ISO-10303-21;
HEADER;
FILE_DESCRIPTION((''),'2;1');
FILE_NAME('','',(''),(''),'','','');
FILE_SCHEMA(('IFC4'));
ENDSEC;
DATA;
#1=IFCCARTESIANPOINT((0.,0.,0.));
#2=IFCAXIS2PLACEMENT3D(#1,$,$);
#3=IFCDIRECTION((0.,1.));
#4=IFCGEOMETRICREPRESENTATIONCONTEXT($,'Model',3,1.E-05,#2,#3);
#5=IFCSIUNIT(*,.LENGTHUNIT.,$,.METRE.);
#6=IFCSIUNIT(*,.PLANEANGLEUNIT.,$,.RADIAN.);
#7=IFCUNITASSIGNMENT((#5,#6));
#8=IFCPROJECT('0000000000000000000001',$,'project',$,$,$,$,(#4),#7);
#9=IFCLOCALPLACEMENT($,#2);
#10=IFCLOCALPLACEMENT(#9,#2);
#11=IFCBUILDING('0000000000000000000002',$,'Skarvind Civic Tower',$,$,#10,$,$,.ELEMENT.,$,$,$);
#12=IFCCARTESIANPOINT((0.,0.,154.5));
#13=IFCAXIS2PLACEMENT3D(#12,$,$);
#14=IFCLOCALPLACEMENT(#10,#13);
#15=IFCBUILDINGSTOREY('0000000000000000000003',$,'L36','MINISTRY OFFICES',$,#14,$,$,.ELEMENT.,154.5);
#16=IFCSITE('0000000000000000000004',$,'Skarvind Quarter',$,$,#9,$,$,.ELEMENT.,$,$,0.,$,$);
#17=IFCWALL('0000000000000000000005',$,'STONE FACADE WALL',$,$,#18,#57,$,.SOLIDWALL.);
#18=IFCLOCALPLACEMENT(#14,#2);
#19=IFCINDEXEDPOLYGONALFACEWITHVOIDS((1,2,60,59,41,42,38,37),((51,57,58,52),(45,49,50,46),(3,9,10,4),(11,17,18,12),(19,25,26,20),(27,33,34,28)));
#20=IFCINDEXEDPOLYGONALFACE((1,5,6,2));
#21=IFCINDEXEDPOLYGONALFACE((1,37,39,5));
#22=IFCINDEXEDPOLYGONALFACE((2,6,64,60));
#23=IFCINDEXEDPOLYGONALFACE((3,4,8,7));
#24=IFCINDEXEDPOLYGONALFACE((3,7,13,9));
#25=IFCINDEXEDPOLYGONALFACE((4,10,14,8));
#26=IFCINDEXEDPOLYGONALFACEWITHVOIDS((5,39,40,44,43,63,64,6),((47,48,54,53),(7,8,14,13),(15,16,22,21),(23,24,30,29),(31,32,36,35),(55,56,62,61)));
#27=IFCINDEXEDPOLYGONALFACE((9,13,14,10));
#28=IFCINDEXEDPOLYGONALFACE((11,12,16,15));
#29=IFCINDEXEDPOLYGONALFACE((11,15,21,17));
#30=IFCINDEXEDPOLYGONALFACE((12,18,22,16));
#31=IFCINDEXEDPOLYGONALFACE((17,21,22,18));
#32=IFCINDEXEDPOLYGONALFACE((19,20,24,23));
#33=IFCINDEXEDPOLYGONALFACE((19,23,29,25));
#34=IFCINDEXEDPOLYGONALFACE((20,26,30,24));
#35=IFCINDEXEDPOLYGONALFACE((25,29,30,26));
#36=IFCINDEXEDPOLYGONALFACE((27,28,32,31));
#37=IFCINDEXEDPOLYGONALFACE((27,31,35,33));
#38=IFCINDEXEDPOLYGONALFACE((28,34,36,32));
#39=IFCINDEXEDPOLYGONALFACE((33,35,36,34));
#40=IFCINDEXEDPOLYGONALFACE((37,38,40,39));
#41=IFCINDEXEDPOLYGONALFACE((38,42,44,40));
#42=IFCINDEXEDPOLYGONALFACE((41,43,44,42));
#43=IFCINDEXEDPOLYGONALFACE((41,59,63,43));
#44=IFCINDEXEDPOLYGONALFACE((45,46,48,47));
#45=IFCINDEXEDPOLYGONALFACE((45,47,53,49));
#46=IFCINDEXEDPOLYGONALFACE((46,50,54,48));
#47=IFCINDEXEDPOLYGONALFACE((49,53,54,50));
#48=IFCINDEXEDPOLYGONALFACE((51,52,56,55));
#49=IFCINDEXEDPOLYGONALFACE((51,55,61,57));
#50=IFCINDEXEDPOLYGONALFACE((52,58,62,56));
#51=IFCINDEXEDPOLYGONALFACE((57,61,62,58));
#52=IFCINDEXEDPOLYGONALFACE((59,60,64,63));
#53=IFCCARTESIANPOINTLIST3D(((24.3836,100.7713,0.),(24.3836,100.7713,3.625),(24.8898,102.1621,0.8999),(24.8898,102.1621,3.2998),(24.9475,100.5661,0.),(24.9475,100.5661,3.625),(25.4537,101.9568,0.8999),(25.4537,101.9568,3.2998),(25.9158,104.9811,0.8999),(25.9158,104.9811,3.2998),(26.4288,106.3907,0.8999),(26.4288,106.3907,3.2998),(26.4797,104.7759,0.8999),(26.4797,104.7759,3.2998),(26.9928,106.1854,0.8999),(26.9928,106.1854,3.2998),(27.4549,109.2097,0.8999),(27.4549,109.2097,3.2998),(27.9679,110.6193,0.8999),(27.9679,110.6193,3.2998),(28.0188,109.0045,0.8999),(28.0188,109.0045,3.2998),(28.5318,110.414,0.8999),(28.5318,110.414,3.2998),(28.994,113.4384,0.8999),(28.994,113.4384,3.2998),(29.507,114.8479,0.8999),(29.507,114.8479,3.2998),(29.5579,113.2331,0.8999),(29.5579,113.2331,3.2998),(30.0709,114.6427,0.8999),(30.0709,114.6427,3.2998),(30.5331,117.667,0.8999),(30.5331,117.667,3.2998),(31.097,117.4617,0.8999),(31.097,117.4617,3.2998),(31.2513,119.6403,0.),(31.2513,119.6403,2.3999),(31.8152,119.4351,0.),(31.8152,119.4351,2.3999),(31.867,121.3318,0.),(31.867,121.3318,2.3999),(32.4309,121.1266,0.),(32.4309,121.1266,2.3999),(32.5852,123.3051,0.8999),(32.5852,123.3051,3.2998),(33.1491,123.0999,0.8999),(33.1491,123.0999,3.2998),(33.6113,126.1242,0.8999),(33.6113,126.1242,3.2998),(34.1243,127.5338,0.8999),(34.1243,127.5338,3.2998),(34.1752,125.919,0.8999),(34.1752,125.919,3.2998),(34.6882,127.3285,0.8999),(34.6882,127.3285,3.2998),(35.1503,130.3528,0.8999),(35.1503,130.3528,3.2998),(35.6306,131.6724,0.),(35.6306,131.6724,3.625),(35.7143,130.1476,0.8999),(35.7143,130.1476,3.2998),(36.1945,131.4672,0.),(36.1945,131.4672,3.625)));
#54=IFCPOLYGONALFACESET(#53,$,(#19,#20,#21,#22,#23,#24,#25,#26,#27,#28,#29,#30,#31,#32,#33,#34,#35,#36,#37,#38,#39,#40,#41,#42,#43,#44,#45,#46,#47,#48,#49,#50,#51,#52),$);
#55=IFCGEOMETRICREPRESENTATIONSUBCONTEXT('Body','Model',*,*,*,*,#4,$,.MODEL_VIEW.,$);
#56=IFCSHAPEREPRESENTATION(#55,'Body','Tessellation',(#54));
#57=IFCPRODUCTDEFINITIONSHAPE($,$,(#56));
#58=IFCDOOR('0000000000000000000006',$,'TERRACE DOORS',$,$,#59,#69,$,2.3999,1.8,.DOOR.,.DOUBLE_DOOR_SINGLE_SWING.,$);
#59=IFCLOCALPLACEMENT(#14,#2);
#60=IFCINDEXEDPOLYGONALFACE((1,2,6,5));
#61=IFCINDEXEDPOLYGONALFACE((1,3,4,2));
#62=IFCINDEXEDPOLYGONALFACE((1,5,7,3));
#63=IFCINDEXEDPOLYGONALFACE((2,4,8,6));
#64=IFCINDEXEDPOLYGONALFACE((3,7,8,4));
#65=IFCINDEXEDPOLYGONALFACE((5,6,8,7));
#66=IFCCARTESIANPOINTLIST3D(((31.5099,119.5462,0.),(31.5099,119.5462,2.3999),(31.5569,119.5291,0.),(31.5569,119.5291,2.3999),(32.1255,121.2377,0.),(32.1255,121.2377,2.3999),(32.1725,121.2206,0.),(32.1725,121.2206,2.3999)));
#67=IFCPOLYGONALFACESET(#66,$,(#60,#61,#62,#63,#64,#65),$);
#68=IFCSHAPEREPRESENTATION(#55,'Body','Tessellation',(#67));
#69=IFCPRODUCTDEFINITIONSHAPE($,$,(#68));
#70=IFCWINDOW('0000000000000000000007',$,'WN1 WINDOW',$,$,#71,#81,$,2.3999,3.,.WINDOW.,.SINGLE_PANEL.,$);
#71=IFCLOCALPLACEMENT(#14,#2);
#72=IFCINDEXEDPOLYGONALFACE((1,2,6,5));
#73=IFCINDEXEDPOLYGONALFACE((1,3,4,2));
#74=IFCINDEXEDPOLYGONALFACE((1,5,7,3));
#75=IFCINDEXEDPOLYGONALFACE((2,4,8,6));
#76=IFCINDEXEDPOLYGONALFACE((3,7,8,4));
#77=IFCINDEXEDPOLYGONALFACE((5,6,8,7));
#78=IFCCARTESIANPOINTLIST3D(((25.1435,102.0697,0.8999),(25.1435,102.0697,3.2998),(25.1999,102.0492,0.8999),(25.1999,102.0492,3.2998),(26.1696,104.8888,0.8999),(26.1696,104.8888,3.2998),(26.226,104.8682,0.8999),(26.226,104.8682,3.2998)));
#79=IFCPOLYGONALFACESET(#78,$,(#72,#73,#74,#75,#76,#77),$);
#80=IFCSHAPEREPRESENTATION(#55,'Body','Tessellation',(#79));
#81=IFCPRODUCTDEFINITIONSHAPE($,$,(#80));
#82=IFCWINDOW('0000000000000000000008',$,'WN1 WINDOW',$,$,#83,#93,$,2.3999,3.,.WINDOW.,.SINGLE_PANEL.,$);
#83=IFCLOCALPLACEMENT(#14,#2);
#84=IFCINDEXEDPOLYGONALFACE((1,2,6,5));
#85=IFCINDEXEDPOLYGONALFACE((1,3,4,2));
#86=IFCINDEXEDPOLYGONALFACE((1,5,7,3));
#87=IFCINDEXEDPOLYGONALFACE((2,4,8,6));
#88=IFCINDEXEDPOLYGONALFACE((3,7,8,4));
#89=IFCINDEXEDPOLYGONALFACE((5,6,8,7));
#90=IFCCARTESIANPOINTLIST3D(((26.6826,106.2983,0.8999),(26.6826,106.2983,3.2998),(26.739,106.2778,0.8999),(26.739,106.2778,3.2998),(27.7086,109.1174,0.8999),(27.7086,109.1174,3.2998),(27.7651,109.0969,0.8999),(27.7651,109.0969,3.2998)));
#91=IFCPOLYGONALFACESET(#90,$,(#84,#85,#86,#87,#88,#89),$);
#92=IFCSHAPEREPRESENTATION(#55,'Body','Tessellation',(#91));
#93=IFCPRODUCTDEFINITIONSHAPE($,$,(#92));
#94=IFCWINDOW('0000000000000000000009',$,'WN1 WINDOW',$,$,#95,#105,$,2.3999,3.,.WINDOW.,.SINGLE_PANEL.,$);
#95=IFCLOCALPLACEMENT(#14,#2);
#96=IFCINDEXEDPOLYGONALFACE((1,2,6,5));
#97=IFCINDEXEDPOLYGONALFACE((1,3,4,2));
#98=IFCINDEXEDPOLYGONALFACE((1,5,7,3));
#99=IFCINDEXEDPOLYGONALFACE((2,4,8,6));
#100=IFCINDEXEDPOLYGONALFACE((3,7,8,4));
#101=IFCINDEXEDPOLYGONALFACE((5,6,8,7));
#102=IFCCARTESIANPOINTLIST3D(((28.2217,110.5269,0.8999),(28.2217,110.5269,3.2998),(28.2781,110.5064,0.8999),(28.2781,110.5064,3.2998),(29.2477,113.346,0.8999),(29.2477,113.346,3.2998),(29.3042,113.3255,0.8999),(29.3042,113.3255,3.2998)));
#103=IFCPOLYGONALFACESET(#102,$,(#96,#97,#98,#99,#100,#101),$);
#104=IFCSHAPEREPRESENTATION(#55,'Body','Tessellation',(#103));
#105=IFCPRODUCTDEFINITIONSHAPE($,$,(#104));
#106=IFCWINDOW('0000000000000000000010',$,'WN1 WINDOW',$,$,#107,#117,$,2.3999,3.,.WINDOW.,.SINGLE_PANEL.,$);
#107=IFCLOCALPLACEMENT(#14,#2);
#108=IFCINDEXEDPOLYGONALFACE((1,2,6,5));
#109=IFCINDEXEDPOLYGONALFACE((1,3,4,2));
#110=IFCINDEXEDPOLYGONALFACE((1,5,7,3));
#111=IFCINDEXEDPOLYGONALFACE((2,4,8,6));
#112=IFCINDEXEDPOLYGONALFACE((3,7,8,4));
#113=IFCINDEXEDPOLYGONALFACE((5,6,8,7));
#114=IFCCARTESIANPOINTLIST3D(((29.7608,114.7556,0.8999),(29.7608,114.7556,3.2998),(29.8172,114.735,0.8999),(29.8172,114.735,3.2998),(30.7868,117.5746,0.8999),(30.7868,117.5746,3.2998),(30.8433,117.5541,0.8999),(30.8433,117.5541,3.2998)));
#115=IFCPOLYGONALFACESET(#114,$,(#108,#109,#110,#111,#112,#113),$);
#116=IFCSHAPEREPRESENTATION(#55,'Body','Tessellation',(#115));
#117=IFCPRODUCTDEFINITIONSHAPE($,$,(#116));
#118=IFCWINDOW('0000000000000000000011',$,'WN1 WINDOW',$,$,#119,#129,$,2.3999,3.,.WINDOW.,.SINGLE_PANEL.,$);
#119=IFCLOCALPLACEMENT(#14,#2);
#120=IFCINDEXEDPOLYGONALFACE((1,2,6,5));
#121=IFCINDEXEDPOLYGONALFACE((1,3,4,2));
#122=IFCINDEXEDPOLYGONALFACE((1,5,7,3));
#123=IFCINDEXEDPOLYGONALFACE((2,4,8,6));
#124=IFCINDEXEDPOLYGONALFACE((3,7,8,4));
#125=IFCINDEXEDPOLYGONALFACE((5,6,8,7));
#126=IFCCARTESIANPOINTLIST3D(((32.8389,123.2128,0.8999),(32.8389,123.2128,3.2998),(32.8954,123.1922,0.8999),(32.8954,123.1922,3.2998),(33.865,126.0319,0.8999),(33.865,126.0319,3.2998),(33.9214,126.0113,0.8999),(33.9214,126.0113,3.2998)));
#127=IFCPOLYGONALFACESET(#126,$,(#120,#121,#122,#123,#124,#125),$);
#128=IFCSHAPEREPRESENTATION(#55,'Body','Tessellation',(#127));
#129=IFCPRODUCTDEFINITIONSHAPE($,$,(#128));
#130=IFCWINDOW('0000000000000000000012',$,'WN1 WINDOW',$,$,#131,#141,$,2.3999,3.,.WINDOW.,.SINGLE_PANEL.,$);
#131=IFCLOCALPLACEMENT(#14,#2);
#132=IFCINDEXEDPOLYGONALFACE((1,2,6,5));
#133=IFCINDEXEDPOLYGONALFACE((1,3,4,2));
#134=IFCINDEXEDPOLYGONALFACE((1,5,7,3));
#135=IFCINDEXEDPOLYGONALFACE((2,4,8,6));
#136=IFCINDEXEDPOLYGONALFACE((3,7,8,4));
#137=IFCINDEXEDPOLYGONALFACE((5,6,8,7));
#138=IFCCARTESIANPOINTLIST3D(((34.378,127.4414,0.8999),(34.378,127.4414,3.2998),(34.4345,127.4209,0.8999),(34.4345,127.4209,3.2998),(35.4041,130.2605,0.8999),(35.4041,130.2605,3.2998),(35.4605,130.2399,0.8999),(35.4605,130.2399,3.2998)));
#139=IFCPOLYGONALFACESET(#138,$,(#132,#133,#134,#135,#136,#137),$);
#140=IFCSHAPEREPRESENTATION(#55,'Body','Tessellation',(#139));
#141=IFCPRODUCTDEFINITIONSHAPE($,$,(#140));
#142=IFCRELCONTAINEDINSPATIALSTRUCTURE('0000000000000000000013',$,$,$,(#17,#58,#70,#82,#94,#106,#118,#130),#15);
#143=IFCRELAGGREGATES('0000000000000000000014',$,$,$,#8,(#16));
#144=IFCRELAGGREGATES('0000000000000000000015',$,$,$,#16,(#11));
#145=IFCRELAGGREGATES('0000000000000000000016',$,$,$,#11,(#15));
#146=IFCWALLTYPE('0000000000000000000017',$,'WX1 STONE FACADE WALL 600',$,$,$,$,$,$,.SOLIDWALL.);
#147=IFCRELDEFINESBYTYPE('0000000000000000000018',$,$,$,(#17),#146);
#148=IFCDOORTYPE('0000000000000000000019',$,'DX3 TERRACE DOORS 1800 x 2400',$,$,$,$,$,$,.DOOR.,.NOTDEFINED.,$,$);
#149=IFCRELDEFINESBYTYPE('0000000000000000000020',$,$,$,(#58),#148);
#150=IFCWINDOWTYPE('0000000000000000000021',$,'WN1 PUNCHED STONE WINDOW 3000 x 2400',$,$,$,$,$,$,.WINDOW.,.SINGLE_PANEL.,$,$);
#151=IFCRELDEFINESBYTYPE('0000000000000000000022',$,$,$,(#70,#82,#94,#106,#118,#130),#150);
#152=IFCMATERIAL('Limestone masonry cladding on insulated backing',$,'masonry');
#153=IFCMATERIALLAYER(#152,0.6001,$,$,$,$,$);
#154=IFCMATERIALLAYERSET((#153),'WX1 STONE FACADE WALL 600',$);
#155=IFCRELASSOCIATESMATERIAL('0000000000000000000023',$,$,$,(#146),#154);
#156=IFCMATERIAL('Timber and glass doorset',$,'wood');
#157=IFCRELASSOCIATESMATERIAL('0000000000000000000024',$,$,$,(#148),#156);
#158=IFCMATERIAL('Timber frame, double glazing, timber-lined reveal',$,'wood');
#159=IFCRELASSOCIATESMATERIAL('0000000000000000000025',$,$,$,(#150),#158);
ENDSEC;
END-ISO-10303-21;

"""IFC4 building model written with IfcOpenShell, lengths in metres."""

from ifc_helpers import new_model, si_unit, direction, frame, frame_2d, origin, place, context, subcontext, project, spatial, rectangle, extrude, material, layer, layer_set, type_object, element, fill, save


model = new_model("IFC4")

# Units and contexts
model_context = context("Model", 3, precision=1e-05, world=origin(), true_north=direction((0.0, 1.0)))
body_context = subcontext(model_context, "Body", "Model", "MODEL_VIEW")
ifc_project = project(units=[si_unit("LENGTHUNIT", "METRE"), si_unit("PLANEANGLEUNIT", "RADIAN")], contexts=[model_context])

# Site, building, storey
site_placement = place(None, origin())
site = spatial("IfcSite", under=ifc_project, at=site_placement, Name="Skarvind Quarter", CompositionType="ELEMENT", RefElevation=0.0)
building_placement = place(site_placement, origin())
building = spatial("IfcBuilding", under=site, at=building_placement, Name="Skarvind Civic Tower", CompositionType="ELEMENT")
storey_placement = place(building_placement, frame((0.0, 0.0, 154.5)))
storey = spatial("IfcBuildingStorey", under=building, at=storey_placement, Name="L36", Description="MINISTRY OFFICES", CompositionType="ELEMENT", Elevation=154.5)

# Wall, openings, door, windows
ifc_material_1 = material(Name="Limestone masonry cladding on insulated backing", Category="masonry")
ifc_layer_1 = layer(ifc_material_1, 0.6001)
ifc_layer_set_1 = layer_set([ifc_layer_1], Name="WX1 STONE FACADE WALL 600")
wall_type_1 = type_object("IfcWallType", Name="WX1 STONE FACADE WALL 600", PredefinedType="SOLIDWALL", material=ifc_layer_set_1)
wall_1_placement = place(storey_placement, frame((24.6655, 100.6687, 0.0), z_axis=(0.0, 0.0, 1.0), x_axis=(0.34202, 0.939693, 0.0)))
wall_1 = element("IfcWall", 1, at=wall_1_placement, inside=storey, type_object=wall_type_1, Name="STONE FACADE WALL", PredefinedType="SOLIDWALL", context=body_context, shape_type="SweptSolid", body=[
    extrude(rectangle(XDim=32.8843, YDim=0.6001, at=frame_2d((16.4421, 0.0))), origin(), (0.0, 0.0, 1.0), 3.625),
])
opening_1_placement = place(wall_1_placement, frame((1.48, 0.0, 0.8999)))
opening_1 = element("IfcOpeningElement", 2, at=opening_1_placement, cuts=wall_1, PredefinedType="OPENING", context=body_context, shape_type="SweptSolid", body=[
    extrude(rectangle(XDim=3.0, YDim=2.3999, at=frame_2d((1.5, 1.2))), frame((0.0, 0.3101, 0.0), z_axis=(0.0, -1.0, 0.0), x_axis=(1.0, 0.0, 0.0)), (0.0, 0.0, 1.0), 0.6201),
])
opening_2_placement = place(wall_1_placement, frame((5.98, 0.0, 0.8999)))
opening_2 = element("IfcOpeningElement", 3, at=opening_2_placement, cuts=wall_1, PredefinedType="OPENING", context=body_context, shape_type="SweptSolid", body=[
    extrude(rectangle(XDim=3.0, YDim=2.3999, at=frame_2d((1.5, 1.2))), frame((0.0, 0.3101, 0.0), z_axis=(0.0, -1.0, 0.0), x_axis=(1.0, 0.0, 0.0)), (0.0, 0.0, 1.0), 0.6201),
])
opening_3_placement = place(wall_1_placement, frame((10.48, 0.0, 0.8999)))
opening_3 = element("IfcOpeningElement", 4, at=opening_3_placement, cuts=wall_1, PredefinedType="OPENING", context=body_context, shape_type="SweptSolid", body=[
    extrude(rectangle(XDim=3.0, YDim=2.3999, at=frame_2d((1.5, 1.2))), frame((0.0, 0.3101, 0.0), z_axis=(0.0, -1.0, 0.0), x_axis=(1.0, 0.0, 0.0)), (0.0, 0.0, 1.0), 0.6201),
])
opening_4_placement = place(wall_1_placement, frame((14.98, 0.0, 0.8999)))
opening_4 = element("IfcOpeningElement", 5, at=opening_4_placement, cuts=wall_1, PredefinedType="OPENING", context=body_context, shape_type="SweptSolid", body=[
    extrude(rectangle(XDim=3.0, YDim=2.3999, at=frame_2d((1.5, 1.2))), frame((0.0, 0.3101, 0.0), z_axis=(0.0, -1.0, 0.0), x_axis=(1.0, 0.0, 0.0)), (0.0, 0.0, 1.0), 0.6201),
])
opening_5_placement = place(wall_1_placement, frame((20.0801, 0.0, 0.0)))
opening_5 = element("IfcOpeningElement", 6, at=opening_5_placement, cuts=wall_1, PredefinedType="OPENING", context=body_context, shape_type="SweptSolid", body=[
    extrude(rectangle(XDim=1.8, YDim=2.3999, at=frame_2d((0.8999, 1.2))), frame((0.0, 0.3101, 0.0), z_axis=(0.0, -1.0, 0.0), x_axis=(1.0, 0.0, 0.0)), (0.0, 0.0, 1.0), 0.6201),
])
opening_6_placement = place(wall_1_placement, frame((23.98, 0.0, 0.8999)))
opening_6 = element("IfcOpeningElement", 7, at=opening_6_placement, cuts=wall_1, PredefinedType="OPENING", context=body_context, shape_type="SweptSolid", body=[
    extrude(rectangle(XDim=3.0, YDim=2.3999, at=frame_2d((1.5, 1.2))), frame((0.0, 0.3101, 0.0), z_axis=(0.0, -1.0, 0.0), x_axis=(1.0, 0.0, 0.0)), (0.0, 0.0, 1.0), 0.6201),
])
opening_7_placement = place(wall_1_placement, frame((28.48, 0.0, 0.8999)))
opening_7 = element("IfcOpeningElement", 8, at=opening_7_placement, cuts=wall_1, PredefinedType="OPENING", context=body_context, shape_type="SweptSolid", body=[
    extrude(rectangle(XDim=3.0, YDim=2.3999, at=frame_2d((1.5, 1.2))), frame((0.0, 0.3101, 0.0), z_axis=(0.0, -1.0, 0.0), x_axis=(1.0, 0.0, 0.0)), (0.0, 0.0, 1.0), 0.6201),
])
ifc_material_2 = material(Name="Timber and glass doorset", Category="wood")
door_type_1 = type_object("IfcDoorType", Name="DX3 TERRACE DOORS 1800 x 2400", OperationType="NOTDEFINED", PredefinedType="DOOR", material=ifc_material_2)
door_1_placement = place(opening_5_placement, origin())
door_1 = element("IfcDoor", 9, at=door_1_placement, inside=storey, type_object=door_type_1, Name="TERRACE DOORS", OperationType="DOUBLE_DOOR_SINGLE_SWING", OverallHeight=2.3999, OverallWidth=1.8, PredefinedType="DOOR", context=body_context, shape_type="SweptSolid", body=[
    extrude(rectangle(XDim=1.8, YDim=2.3999, at=frame_2d((0.8999, 1.2))), frame((0.0, 0.0249, 0.0), z_axis=(0.0, -1.0, 0.0), x_axis=(1.0, 0.0, 0.0)), (0.0, 0.0, 1.0), 0.05),
])
fill(opening_5, door_1)
ifc_material_3 = material(Name="Timber frame, double glazing, timber-lined reveal", Category="wood")
window_type = type_object("IfcWindowType", Name="WN1 PUNCHED STONE WINDOW 3000 x 2400", PartitioningType="SINGLE_PANEL", PredefinedType="WINDOW", material=ifc_material_3)
window_1_placement = place(opening_1_placement, origin())
window_1 = element("IfcWindow", 10, at=window_1_placement, inside=storey, type_object=window_type, Name="WN1 WINDOW", OverallHeight=2.3999, OverallWidth=3.0, PartitioningType="SINGLE_PANEL", PredefinedType="WINDOW", context=body_context, shape_type="SweptSolid", body=[
    extrude(rectangle(XDim=3.0, YDim=2.3999, at=frame_2d((1.5, 1.2))), frame((0.0, 0.03, 0.0), z_axis=(0.0, -1.0, 0.0), x_axis=(1.0, 0.0, 0.0)), (0.0, 0.0, 1.0), 0.0601),
])
fill(opening_1, window_1)
window_2_placement = place(opening_2_placement, origin())
window_2 = element("IfcWindow", 11, at=window_2_placement, inside=storey, type_object=window_type, Name="WN1 WINDOW", OverallHeight=2.3999, OverallWidth=3.0, PartitioningType="SINGLE_PANEL", PredefinedType="WINDOW", context=body_context, shape_type="SweptSolid", body=[
    extrude(rectangle(XDim=3.0, YDim=2.3999, at=frame_2d((1.5, 1.2))), frame((0.0, 0.03, 0.0), z_axis=(0.0, -1.0, 0.0), x_axis=(1.0, 0.0, 0.0)), (0.0, 0.0, 1.0), 0.0601),
])
fill(opening_2, window_2)
window_3_placement = place(opening_3_placement, origin())
window_3 = element("IfcWindow", 12, at=window_3_placement, inside=storey, type_object=window_type, Name="WN1 WINDOW", OverallHeight=2.3999, OverallWidth=3.0, PartitioningType="SINGLE_PANEL", PredefinedType="WINDOW", context=body_context, shape_type="SweptSolid", body=[
    extrude(rectangle(XDim=3.0, YDim=2.3999, at=frame_2d((1.5, 1.2))), frame((0.0, 0.03, 0.0), z_axis=(0.0, -1.0, 0.0), x_axis=(1.0, 0.0, 0.0)), (0.0, 0.0, 1.0), 0.0601),
])
fill(opening_3, window_3)
window_4_placement = place(opening_4_placement, origin())
window_4 = element("IfcWindow", 13, at=window_4_placement, inside=storey, type_object=window_type, Name="WN1 WINDOW", OverallHeight=2.3999, OverallWidth=3.0, PartitioningType="SINGLE_PANEL", PredefinedType="WINDOW", context=body_context, shape_type="SweptSolid", body=[
    extrude(rectangle(XDim=3.0, YDim=2.3999, at=frame_2d((1.5, 1.2))), frame((0.0, 0.03, 0.0), z_axis=(0.0, -1.0, 0.0), x_axis=(1.0, 0.0, 0.0)), (0.0, 0.0, 1.0), 0.0601),
])
fill(opening_4, window_4)
window_5_placement = place(opening_6_placement, origin())
window_5 = element("IfcWindow", 14, at=window_5_placement, inside=storey, type_object=window_type, Name="WN1 WINDOW", OverallHeight=2.3999, OverallWidth=3.0, PartitioningType="SINGLE_PANEL", PredefinedType="WINDOW", context=body_context, shape_type="SweptSolid", body=[
    extrude(rectangle(XDim=3.0, YDim=2.3999, at=frame_2d((1.5, 1.2))), frame((0.0, 0.03, 0.0), z_axis=(0.0, -1.0, 0.0), x_axis=(1.0, 0.0, 0.0)), (0.0, 0.0, 1.0), 0.0601),
])
fill(opening_6, window_5)
window_6_placement = place(opening_7_placement, origin())
window_6 = element("IfcWindow", 15, at=window_6_placement, inside=storey, type_object=window_type, Name="WN1 WINDOW", OverallHeight=2.3999, OverallWidth=3.0, PartitioningType="SINGLE_PANEL", PredefinedType="WINDOW", context=body_context, shape_type="SweptSolid", body=[
    extrude(rectangle(XDim=3.0, YDim=2.3999, at=frame_2d((1.5, 1.2))), frame((0.0, 0.03, 0.0), z_axis=(0.0, -1.0, 0.0), x_axis=(1.0, 0.0, 0.0)), (0.0, 0.0, 1.0), 0.0601),
])
fill(opening_7, window_6)

save(model, "model.ifc")
